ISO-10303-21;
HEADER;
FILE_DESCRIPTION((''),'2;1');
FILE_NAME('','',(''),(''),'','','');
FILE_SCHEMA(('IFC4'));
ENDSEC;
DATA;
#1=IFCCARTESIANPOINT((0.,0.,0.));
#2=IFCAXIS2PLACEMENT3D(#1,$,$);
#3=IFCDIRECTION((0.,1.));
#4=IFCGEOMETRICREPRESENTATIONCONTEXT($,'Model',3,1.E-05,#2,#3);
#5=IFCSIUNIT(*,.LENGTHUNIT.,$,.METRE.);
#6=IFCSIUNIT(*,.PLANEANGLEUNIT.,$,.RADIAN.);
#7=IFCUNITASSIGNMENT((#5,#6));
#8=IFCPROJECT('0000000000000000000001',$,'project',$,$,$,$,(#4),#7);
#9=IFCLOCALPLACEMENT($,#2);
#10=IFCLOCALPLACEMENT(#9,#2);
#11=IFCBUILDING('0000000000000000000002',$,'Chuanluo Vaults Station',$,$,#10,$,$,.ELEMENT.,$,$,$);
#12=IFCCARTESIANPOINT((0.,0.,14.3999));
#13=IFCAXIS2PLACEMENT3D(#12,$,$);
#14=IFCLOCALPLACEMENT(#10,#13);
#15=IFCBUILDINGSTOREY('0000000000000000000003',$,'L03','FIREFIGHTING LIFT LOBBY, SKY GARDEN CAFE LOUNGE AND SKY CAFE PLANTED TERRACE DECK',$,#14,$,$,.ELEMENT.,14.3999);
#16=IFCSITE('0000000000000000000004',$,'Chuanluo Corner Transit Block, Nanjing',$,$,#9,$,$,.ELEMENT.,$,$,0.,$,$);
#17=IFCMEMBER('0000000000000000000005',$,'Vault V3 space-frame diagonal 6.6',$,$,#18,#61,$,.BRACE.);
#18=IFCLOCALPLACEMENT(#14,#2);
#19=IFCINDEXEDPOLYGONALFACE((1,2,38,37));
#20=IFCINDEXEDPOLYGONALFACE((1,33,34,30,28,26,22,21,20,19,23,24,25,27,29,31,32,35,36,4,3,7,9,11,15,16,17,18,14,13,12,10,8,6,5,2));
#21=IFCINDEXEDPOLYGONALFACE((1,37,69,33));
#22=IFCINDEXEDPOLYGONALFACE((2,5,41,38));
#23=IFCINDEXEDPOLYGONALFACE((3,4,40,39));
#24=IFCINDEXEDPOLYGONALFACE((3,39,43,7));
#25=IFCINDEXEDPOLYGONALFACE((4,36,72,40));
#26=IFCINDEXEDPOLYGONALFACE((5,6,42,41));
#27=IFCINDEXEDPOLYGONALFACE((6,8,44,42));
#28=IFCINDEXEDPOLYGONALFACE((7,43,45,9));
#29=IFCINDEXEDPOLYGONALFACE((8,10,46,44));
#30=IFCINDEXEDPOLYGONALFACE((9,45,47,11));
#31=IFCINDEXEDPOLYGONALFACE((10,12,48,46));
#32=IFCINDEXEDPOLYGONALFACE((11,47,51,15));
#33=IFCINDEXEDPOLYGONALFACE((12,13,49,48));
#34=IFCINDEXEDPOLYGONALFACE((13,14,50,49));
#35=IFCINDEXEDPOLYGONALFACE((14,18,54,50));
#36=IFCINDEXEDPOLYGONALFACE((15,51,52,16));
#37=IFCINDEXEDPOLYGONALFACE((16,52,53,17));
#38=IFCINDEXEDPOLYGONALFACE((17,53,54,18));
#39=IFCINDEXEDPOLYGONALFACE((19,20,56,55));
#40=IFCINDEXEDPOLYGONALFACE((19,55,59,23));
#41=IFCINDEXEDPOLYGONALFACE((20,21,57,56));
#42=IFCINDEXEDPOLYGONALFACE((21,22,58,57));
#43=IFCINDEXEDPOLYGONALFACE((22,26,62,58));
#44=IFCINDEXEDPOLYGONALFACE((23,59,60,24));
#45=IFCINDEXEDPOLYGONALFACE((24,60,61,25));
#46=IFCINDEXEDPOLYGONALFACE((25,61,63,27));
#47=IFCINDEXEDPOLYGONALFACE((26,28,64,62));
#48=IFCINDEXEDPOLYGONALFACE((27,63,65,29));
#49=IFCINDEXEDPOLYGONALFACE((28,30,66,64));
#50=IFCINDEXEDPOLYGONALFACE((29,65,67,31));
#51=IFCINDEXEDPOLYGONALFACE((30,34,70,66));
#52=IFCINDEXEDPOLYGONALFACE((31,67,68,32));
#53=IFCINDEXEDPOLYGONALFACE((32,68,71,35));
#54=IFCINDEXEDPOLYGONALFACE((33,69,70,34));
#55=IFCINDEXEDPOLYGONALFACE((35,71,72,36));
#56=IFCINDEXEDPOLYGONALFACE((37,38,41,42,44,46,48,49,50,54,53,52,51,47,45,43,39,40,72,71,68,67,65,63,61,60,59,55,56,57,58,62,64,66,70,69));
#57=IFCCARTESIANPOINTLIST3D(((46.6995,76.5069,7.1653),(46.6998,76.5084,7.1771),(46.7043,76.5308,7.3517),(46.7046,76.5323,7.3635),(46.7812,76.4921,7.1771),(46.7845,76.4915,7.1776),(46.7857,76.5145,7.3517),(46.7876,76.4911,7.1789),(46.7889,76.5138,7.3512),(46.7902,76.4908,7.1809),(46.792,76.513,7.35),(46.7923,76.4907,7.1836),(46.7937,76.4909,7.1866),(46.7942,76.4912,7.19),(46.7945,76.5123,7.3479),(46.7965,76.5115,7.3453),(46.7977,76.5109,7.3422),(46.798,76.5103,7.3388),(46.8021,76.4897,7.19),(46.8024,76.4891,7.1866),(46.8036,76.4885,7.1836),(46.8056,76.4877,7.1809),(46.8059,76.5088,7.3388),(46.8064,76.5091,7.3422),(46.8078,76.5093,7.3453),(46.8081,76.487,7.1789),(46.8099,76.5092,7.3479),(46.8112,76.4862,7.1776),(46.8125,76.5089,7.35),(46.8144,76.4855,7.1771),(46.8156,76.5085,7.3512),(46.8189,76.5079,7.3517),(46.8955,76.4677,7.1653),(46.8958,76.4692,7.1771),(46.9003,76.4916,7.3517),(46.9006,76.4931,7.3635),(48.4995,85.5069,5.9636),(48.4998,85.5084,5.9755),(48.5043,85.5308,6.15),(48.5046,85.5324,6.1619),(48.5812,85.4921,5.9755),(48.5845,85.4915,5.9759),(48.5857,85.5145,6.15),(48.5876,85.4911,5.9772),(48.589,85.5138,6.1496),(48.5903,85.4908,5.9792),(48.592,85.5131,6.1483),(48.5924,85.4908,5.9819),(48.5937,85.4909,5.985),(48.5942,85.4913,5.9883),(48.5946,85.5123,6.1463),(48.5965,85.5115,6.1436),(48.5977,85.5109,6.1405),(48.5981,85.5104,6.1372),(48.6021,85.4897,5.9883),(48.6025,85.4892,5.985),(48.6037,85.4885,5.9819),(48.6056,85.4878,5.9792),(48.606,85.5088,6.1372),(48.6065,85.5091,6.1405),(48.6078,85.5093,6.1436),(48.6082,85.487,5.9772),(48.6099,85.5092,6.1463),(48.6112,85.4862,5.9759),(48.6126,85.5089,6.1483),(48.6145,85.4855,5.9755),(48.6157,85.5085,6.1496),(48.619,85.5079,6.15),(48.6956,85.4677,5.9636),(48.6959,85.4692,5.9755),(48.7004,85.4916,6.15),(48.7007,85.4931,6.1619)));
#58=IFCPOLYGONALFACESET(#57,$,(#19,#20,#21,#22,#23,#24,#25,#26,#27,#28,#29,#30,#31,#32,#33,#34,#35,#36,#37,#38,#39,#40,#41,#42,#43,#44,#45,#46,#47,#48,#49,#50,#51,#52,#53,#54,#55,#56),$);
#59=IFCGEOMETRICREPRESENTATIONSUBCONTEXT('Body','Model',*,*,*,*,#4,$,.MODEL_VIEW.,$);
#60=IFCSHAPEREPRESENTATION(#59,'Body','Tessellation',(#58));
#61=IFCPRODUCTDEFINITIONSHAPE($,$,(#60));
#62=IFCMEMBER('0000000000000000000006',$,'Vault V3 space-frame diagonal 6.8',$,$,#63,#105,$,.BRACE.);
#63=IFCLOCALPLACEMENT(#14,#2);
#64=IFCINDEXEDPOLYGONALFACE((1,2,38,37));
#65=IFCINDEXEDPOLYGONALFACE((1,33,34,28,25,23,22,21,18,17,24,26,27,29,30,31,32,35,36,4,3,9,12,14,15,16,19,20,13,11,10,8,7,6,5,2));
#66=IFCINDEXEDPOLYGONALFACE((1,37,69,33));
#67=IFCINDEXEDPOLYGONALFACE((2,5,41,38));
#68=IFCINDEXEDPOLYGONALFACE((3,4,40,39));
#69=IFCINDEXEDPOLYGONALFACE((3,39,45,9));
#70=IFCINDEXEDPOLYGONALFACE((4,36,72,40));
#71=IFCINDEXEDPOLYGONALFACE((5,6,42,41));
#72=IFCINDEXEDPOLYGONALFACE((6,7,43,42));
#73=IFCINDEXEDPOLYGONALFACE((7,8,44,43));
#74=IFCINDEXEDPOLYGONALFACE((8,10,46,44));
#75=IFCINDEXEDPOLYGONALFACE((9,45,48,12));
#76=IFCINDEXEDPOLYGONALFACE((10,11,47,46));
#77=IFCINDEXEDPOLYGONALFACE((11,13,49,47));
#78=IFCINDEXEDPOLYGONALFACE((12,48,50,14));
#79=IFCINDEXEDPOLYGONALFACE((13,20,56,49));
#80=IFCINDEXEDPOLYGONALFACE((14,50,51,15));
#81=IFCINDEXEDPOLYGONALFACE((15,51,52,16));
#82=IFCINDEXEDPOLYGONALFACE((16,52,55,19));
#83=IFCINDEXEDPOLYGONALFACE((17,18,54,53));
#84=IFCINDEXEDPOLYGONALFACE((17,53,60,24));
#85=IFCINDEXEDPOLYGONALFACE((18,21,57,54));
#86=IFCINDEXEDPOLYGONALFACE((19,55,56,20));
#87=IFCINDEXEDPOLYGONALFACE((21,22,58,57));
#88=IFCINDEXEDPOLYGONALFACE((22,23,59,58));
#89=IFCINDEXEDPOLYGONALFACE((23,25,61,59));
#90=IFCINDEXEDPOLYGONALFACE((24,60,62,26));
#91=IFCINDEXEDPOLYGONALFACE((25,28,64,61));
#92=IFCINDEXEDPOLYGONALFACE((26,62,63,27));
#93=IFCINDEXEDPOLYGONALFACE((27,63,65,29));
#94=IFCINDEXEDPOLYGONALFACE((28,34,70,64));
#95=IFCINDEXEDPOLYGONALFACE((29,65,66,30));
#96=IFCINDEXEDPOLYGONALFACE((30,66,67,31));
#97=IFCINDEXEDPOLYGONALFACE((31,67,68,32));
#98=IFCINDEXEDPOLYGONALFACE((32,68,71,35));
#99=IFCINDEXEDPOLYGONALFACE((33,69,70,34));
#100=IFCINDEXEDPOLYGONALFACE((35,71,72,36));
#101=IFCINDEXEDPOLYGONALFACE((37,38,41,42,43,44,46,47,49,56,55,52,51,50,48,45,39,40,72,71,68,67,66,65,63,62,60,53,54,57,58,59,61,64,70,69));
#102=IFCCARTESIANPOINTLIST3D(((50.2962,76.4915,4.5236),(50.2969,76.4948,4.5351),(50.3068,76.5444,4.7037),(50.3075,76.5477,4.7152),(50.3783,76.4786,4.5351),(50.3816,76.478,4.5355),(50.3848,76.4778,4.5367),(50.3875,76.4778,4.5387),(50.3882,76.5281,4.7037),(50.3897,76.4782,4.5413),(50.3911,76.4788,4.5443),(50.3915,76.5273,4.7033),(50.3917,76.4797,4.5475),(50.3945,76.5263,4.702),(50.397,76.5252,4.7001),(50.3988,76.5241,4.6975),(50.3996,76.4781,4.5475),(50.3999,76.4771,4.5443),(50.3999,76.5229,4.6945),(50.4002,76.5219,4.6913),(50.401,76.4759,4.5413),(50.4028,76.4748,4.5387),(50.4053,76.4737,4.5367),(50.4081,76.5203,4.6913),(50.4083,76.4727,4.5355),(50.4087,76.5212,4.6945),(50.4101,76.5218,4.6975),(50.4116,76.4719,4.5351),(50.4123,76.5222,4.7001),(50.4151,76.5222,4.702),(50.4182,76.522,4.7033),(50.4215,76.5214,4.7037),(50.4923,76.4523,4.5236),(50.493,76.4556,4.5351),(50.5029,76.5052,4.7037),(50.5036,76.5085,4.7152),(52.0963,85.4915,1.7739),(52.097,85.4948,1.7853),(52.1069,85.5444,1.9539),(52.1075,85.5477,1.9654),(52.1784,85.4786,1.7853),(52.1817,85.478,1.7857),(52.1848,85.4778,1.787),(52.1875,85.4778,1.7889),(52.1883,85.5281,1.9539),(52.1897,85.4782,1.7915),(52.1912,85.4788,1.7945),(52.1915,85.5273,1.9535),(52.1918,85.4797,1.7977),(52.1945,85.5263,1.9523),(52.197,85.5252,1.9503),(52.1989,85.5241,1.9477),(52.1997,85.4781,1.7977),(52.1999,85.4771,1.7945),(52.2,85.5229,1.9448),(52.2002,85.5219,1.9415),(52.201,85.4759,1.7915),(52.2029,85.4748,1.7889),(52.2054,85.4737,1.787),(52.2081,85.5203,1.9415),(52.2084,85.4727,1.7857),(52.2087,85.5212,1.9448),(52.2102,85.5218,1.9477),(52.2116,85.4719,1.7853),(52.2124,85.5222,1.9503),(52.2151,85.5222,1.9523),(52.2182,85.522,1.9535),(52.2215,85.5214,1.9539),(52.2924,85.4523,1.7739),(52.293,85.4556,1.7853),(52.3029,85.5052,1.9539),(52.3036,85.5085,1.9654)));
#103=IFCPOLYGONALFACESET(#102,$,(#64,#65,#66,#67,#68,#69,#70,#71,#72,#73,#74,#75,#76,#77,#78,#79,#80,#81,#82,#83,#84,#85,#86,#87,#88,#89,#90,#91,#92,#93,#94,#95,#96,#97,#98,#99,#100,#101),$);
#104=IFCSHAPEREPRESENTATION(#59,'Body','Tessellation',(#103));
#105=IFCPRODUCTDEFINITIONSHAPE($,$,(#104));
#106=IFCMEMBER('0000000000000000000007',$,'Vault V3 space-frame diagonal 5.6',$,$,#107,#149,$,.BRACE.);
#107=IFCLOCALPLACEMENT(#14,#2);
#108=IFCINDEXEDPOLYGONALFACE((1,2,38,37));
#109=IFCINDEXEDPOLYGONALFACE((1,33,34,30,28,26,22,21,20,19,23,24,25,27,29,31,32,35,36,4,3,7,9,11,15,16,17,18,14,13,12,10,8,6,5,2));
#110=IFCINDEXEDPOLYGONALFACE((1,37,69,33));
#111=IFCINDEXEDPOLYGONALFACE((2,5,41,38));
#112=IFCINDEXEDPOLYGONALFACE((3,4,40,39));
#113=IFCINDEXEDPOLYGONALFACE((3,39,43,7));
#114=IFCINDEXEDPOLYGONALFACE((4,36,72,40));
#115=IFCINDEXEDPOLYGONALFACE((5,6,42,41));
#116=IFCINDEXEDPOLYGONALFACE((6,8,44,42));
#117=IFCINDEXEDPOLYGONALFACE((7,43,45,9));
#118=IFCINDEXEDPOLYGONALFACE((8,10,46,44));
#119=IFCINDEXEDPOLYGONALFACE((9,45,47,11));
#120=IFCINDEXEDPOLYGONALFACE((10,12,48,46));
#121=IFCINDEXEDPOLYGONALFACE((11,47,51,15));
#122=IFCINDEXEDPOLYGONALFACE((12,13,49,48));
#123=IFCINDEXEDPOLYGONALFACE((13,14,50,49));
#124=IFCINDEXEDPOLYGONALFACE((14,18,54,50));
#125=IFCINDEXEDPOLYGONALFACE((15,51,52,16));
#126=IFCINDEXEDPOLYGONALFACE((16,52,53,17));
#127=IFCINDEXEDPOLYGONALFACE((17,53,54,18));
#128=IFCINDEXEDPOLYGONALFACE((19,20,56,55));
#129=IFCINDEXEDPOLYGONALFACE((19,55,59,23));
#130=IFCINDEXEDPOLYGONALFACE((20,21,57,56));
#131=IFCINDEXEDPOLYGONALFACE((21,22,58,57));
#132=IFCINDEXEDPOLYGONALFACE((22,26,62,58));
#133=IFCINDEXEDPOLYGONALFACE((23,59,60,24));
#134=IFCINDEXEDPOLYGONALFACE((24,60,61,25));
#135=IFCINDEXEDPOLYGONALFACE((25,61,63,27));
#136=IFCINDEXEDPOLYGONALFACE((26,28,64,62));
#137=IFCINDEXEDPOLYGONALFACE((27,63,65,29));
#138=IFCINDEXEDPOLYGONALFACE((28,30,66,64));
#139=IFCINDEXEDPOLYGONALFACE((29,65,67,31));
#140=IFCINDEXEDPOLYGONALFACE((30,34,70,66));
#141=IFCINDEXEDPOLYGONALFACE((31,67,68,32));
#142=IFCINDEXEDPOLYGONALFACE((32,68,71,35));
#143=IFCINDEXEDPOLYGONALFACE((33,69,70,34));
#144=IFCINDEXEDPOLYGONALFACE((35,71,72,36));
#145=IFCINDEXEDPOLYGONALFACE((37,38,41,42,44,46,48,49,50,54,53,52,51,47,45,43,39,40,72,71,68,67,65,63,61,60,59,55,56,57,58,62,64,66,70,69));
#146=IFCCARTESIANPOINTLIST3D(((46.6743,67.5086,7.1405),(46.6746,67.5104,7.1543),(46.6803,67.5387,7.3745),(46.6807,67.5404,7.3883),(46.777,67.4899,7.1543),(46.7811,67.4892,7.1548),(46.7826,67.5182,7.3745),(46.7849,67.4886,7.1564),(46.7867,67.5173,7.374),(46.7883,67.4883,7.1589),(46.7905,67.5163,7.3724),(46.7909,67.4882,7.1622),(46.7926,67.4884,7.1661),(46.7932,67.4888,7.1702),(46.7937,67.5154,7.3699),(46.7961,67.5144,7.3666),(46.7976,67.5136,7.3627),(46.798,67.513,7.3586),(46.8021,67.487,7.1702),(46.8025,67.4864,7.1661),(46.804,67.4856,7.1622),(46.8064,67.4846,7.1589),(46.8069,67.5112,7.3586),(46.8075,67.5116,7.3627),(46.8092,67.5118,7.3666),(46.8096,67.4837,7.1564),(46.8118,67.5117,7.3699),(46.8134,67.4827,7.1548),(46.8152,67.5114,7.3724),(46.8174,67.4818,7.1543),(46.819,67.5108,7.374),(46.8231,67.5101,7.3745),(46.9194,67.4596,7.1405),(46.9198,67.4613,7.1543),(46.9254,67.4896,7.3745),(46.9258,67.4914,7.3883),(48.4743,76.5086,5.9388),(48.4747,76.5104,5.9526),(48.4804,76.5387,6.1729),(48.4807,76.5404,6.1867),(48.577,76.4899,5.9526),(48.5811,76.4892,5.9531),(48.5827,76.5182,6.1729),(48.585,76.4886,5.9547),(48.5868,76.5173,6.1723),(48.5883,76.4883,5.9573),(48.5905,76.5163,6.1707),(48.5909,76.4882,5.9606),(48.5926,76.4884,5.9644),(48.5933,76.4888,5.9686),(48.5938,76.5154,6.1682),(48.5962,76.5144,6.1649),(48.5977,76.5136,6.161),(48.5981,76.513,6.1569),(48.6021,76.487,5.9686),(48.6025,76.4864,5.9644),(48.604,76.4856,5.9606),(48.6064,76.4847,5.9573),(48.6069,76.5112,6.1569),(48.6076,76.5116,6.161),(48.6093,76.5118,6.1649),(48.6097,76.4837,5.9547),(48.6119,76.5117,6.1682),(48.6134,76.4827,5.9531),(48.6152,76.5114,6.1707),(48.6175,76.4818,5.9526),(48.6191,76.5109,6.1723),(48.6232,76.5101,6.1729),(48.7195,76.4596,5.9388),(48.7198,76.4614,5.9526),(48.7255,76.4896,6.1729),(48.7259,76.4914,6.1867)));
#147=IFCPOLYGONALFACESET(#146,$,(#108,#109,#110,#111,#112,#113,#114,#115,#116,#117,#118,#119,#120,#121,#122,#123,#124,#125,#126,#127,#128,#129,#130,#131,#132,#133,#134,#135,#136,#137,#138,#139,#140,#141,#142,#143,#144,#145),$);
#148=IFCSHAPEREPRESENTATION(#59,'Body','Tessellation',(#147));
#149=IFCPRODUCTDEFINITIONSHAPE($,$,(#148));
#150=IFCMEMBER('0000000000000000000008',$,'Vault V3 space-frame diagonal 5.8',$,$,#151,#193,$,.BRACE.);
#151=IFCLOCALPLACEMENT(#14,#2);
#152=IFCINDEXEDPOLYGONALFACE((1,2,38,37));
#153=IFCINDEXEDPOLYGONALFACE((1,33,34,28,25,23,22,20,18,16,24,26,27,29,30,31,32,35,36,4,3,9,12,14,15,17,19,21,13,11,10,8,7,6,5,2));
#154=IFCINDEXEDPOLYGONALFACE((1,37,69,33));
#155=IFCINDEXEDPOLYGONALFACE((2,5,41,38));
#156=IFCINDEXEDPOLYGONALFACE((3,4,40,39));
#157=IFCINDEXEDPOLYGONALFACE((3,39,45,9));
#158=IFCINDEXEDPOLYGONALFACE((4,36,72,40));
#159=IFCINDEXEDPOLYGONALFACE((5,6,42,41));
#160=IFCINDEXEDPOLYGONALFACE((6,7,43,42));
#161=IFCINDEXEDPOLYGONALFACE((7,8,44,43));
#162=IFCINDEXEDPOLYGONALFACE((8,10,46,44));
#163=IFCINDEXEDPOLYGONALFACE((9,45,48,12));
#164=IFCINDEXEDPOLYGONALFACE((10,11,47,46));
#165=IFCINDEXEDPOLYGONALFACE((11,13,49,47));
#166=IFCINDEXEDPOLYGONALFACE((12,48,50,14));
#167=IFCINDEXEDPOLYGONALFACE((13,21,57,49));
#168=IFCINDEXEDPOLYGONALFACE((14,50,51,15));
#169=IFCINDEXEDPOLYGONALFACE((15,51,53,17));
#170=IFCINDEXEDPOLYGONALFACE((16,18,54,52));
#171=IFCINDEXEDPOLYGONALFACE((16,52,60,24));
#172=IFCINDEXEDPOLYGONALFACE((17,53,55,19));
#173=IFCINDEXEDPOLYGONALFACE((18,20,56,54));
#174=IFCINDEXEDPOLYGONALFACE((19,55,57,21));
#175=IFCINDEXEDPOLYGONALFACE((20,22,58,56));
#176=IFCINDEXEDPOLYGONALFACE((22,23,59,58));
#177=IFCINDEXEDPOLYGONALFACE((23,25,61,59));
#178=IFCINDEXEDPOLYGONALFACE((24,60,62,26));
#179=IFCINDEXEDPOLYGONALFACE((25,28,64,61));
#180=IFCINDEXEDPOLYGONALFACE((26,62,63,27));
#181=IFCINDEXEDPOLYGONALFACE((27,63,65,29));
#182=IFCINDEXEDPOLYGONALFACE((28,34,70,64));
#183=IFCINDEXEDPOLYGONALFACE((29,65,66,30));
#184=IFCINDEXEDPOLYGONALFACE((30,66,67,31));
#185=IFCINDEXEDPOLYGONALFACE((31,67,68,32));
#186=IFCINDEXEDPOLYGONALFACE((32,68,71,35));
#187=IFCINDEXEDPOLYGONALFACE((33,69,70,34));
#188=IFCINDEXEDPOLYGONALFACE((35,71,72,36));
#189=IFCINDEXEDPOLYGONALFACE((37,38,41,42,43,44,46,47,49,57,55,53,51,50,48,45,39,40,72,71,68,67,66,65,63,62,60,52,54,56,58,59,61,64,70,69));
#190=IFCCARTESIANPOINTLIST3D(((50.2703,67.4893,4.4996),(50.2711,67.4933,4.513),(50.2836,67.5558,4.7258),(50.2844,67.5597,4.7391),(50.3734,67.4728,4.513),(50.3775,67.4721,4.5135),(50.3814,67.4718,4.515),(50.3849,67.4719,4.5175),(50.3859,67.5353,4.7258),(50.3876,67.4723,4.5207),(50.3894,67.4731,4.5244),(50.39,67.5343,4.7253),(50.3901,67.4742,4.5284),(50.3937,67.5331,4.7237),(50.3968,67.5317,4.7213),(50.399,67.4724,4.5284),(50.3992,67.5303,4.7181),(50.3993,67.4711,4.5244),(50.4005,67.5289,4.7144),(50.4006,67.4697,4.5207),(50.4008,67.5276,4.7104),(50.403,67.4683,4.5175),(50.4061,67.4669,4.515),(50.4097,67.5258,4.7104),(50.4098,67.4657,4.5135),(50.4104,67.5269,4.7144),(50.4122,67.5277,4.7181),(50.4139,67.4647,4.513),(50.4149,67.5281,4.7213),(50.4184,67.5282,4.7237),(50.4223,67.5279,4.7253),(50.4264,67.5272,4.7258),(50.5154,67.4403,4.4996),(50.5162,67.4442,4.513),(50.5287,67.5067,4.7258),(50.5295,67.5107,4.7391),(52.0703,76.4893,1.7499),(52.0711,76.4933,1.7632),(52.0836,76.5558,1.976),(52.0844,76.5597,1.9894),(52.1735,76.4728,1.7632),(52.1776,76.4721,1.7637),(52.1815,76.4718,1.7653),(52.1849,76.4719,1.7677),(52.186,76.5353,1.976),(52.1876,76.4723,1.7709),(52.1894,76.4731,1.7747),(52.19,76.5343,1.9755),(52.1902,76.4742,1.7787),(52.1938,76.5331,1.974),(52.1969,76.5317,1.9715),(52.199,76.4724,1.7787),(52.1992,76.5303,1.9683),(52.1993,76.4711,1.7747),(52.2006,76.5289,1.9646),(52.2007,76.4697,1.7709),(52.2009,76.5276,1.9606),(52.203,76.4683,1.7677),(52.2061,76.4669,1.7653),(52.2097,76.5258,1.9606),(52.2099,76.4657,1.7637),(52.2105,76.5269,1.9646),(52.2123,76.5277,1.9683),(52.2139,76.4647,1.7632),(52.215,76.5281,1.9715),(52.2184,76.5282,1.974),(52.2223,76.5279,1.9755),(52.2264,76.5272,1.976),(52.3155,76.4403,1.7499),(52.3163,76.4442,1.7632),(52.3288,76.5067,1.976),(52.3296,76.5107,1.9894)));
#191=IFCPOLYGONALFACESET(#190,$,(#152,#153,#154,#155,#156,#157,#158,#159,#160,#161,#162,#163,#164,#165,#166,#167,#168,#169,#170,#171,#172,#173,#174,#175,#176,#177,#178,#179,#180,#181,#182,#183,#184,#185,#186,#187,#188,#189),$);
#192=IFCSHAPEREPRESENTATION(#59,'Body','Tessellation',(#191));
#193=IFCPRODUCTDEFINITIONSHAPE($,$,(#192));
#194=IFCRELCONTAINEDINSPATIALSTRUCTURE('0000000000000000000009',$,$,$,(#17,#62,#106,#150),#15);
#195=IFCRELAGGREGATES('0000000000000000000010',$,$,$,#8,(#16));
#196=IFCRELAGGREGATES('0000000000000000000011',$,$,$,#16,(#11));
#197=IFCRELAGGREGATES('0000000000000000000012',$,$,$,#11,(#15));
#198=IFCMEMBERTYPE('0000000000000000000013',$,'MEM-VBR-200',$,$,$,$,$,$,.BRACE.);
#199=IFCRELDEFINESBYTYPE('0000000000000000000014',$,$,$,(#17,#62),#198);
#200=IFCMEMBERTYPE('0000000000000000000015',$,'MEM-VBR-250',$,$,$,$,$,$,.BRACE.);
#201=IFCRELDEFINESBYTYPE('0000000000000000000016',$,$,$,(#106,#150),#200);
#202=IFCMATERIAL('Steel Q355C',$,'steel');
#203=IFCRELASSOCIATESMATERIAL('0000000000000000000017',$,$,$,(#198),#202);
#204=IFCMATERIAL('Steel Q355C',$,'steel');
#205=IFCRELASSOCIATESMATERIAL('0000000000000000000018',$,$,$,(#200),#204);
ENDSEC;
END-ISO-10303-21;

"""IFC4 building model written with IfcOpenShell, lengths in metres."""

from ifc_helpers import new_model, si_unit, direction, frame, origin, origin_2d, place, context, subcontext, project, spatial, i_section, extrude, material, material_profile, profile_set, type_object, element, save


model = new_model("IFC4")

# Units and contexts
model_context = context("Model", 3, precision=1e-05, world=origin(), true_north=direction((0.0, 1.0)))
body_context = subcontext(model_context, "Body", "Model", "MODEL_VIEW")
ifc_project = project(units=[si_unit("LENGTHUNIT", "METRE"), si_unit("PLANEANGLEUNIT", "RADIAN")], contexts=[model_context])

# Site, building, storey
site_placement = place(None, origin())
site = spatial("IfcSite", under=ifc_project, at=site_placement, Name="Chuanluo Corner Transit Block, Nanjing", CompositionType="ELEMENT", RefElevation=0.0)
building_placement = place(site_placement, origin())
building = spatial("IfcBuilding", under=site, at=building_placement, Name="Chuanluo Vaults Station", CompositionType="ELEMENT")
storey_placement = place(building_placement, frame((0.0, 0.0, 14.3999)))
storey = spatial("IfcBuildingStorey", under=building, at=storey_placement, Name="L03", Description="FIREFIGHTING LIFT LOBBY, SKY GARDEN CAFE LOUNGE AND SKY CAFE PLANTED TERRACE DECK", CompositionType="ELEMENT", Elevation=14.3999)

# Members
ifc_material_1 = material(Name="Steel Q355C", Category="steel")
ifc_material_profile_1 = material_profile(ifc_material_1, i_section(OverallWidth=0.2, OverallDepth=0.2, WebThickness=0.0081, FlangeThickness=0.012, FilletRadius=0.0129, at=origin_2d()))
ifc_profile_set_1 = profile_set([ifc_material_profile_1], Name="Steel Q355C")
member_type_1 = type_object("IfcMemberType", Name="MEM-VBR-200", PredefinedType="BRACE", material=ifc_profile_set_1)
member_1_placement = place(storey_placement, frame((46.8, 76.5, 7.2644), z_axis=(0.194462, 0.972282, -0.129817), x_axis=(-0.98058, 0.196121, 0.0)))
element("IfcMember", 1, at=member_1_placement, inside=storey, type_object=member_type_1, Name="Vault V3 space-frame diagonal 6.6", PredefinedType="BRACE", context=body_context, shape_type="SweptSolid", body=[
    extrude(i_section(OverallWidth=0.2, OverallDepth=0.2, WebThickness=0.0081, FlangeThickness=0.012, FilletRadius=0.0129, at=origin_2d()), origin(), (0.0, 0.0, 1.0), 9.2566),
])
member_2_placement = place(storey_placement, frame((50.3999, 76.5, 4.6194), z_axis=(0.187871, 0.93933, -0.286992), x_axis=(-0.98058, 0.196121, 0.0)))
element("IfcMember", 2, at=member_2_placement, inside=storey, type_object=member_type_1, Name="Vault V3 space-frame diagonal 6.8", PredefinedType="BRACE", context=body_context, shape_type="SweptSolid", body=[
    extrude(i_section(OverallWidth=0.2, OverallDepth=0.2, WebThickness=0.0081, FlangeThickness=0.012, FilletRadius=0.0129, at=origin_2d()), origin(), (0.0, 0.0, 1.0), 9.5813),
])
ifc_material_2 = material(Name="Steel Q355C", Category="steel")
ifc_material_profile_2 = material_profile(ifc_material_2, i_section(OverallWidth=0.25, OverallDepth=0.25, WebThickness=0.009, FlangeThickness=0.0139, FilletRadius=0.0161, at=origin_2d()))
ifc_profile_set_2 = profile_set([ifc_material_profile_2], Name="Steel Q355C")
member_type_2 = type_object("IfcMemberType", Name="MEM-VBR-250", PredefinedType="BRACE", material=ifc_profile_set_2)
member_3_placement = place(storey_placement, frame((46.8, 67.5, 7.2644), z_axis=(0.194462, 0.972282, -0.129817), x_axis=(-0.98058, 0.196121, 0.0)))
element("IfcMember", 3, at=member_3_placement, inside=storey, type_object=member_type_2, Name="Vault V3 space-frame diagonal 5.6", PredefinedType="BRACE", context=body_context, shape_type="SweptSolid", body=[
    extrude(i_section(OverallWidth=0.25, OverallDepth=0.25, WebThickness=0.009, FlangeThickness=0.0139, FilletRadius=0.0161, at=origin_2d()), origin(), (0.0, 0.0, 1.0), 9.2566),
])
member_4_placement = place(storey_placement, frame((50.3999, 67.5, 4.6194), z_axis=(0.187871, 0.93933, -0.286992), x_axis=(-0.98058, 0.196121, 0.0)))
element("IfcMember", 4, at=member_4_placement, inside=storey, type_object=member_type_2, Name="Vault V3 space-frame diagonal 5.8", PredefinedType="BRACE", context=body_context, shape_type="SweptSolid", body=[
    extrude(i_section(OverallWidth=0.25, OverallDepth=0.25, WebThickness=0.009, FlangeThickness=0.0139, FilletRadius=0.0161, at=origin_2d()), origin(), (0.0, 0.0, 1.0), 9.5813),
])

save(model, "model.ifc")
